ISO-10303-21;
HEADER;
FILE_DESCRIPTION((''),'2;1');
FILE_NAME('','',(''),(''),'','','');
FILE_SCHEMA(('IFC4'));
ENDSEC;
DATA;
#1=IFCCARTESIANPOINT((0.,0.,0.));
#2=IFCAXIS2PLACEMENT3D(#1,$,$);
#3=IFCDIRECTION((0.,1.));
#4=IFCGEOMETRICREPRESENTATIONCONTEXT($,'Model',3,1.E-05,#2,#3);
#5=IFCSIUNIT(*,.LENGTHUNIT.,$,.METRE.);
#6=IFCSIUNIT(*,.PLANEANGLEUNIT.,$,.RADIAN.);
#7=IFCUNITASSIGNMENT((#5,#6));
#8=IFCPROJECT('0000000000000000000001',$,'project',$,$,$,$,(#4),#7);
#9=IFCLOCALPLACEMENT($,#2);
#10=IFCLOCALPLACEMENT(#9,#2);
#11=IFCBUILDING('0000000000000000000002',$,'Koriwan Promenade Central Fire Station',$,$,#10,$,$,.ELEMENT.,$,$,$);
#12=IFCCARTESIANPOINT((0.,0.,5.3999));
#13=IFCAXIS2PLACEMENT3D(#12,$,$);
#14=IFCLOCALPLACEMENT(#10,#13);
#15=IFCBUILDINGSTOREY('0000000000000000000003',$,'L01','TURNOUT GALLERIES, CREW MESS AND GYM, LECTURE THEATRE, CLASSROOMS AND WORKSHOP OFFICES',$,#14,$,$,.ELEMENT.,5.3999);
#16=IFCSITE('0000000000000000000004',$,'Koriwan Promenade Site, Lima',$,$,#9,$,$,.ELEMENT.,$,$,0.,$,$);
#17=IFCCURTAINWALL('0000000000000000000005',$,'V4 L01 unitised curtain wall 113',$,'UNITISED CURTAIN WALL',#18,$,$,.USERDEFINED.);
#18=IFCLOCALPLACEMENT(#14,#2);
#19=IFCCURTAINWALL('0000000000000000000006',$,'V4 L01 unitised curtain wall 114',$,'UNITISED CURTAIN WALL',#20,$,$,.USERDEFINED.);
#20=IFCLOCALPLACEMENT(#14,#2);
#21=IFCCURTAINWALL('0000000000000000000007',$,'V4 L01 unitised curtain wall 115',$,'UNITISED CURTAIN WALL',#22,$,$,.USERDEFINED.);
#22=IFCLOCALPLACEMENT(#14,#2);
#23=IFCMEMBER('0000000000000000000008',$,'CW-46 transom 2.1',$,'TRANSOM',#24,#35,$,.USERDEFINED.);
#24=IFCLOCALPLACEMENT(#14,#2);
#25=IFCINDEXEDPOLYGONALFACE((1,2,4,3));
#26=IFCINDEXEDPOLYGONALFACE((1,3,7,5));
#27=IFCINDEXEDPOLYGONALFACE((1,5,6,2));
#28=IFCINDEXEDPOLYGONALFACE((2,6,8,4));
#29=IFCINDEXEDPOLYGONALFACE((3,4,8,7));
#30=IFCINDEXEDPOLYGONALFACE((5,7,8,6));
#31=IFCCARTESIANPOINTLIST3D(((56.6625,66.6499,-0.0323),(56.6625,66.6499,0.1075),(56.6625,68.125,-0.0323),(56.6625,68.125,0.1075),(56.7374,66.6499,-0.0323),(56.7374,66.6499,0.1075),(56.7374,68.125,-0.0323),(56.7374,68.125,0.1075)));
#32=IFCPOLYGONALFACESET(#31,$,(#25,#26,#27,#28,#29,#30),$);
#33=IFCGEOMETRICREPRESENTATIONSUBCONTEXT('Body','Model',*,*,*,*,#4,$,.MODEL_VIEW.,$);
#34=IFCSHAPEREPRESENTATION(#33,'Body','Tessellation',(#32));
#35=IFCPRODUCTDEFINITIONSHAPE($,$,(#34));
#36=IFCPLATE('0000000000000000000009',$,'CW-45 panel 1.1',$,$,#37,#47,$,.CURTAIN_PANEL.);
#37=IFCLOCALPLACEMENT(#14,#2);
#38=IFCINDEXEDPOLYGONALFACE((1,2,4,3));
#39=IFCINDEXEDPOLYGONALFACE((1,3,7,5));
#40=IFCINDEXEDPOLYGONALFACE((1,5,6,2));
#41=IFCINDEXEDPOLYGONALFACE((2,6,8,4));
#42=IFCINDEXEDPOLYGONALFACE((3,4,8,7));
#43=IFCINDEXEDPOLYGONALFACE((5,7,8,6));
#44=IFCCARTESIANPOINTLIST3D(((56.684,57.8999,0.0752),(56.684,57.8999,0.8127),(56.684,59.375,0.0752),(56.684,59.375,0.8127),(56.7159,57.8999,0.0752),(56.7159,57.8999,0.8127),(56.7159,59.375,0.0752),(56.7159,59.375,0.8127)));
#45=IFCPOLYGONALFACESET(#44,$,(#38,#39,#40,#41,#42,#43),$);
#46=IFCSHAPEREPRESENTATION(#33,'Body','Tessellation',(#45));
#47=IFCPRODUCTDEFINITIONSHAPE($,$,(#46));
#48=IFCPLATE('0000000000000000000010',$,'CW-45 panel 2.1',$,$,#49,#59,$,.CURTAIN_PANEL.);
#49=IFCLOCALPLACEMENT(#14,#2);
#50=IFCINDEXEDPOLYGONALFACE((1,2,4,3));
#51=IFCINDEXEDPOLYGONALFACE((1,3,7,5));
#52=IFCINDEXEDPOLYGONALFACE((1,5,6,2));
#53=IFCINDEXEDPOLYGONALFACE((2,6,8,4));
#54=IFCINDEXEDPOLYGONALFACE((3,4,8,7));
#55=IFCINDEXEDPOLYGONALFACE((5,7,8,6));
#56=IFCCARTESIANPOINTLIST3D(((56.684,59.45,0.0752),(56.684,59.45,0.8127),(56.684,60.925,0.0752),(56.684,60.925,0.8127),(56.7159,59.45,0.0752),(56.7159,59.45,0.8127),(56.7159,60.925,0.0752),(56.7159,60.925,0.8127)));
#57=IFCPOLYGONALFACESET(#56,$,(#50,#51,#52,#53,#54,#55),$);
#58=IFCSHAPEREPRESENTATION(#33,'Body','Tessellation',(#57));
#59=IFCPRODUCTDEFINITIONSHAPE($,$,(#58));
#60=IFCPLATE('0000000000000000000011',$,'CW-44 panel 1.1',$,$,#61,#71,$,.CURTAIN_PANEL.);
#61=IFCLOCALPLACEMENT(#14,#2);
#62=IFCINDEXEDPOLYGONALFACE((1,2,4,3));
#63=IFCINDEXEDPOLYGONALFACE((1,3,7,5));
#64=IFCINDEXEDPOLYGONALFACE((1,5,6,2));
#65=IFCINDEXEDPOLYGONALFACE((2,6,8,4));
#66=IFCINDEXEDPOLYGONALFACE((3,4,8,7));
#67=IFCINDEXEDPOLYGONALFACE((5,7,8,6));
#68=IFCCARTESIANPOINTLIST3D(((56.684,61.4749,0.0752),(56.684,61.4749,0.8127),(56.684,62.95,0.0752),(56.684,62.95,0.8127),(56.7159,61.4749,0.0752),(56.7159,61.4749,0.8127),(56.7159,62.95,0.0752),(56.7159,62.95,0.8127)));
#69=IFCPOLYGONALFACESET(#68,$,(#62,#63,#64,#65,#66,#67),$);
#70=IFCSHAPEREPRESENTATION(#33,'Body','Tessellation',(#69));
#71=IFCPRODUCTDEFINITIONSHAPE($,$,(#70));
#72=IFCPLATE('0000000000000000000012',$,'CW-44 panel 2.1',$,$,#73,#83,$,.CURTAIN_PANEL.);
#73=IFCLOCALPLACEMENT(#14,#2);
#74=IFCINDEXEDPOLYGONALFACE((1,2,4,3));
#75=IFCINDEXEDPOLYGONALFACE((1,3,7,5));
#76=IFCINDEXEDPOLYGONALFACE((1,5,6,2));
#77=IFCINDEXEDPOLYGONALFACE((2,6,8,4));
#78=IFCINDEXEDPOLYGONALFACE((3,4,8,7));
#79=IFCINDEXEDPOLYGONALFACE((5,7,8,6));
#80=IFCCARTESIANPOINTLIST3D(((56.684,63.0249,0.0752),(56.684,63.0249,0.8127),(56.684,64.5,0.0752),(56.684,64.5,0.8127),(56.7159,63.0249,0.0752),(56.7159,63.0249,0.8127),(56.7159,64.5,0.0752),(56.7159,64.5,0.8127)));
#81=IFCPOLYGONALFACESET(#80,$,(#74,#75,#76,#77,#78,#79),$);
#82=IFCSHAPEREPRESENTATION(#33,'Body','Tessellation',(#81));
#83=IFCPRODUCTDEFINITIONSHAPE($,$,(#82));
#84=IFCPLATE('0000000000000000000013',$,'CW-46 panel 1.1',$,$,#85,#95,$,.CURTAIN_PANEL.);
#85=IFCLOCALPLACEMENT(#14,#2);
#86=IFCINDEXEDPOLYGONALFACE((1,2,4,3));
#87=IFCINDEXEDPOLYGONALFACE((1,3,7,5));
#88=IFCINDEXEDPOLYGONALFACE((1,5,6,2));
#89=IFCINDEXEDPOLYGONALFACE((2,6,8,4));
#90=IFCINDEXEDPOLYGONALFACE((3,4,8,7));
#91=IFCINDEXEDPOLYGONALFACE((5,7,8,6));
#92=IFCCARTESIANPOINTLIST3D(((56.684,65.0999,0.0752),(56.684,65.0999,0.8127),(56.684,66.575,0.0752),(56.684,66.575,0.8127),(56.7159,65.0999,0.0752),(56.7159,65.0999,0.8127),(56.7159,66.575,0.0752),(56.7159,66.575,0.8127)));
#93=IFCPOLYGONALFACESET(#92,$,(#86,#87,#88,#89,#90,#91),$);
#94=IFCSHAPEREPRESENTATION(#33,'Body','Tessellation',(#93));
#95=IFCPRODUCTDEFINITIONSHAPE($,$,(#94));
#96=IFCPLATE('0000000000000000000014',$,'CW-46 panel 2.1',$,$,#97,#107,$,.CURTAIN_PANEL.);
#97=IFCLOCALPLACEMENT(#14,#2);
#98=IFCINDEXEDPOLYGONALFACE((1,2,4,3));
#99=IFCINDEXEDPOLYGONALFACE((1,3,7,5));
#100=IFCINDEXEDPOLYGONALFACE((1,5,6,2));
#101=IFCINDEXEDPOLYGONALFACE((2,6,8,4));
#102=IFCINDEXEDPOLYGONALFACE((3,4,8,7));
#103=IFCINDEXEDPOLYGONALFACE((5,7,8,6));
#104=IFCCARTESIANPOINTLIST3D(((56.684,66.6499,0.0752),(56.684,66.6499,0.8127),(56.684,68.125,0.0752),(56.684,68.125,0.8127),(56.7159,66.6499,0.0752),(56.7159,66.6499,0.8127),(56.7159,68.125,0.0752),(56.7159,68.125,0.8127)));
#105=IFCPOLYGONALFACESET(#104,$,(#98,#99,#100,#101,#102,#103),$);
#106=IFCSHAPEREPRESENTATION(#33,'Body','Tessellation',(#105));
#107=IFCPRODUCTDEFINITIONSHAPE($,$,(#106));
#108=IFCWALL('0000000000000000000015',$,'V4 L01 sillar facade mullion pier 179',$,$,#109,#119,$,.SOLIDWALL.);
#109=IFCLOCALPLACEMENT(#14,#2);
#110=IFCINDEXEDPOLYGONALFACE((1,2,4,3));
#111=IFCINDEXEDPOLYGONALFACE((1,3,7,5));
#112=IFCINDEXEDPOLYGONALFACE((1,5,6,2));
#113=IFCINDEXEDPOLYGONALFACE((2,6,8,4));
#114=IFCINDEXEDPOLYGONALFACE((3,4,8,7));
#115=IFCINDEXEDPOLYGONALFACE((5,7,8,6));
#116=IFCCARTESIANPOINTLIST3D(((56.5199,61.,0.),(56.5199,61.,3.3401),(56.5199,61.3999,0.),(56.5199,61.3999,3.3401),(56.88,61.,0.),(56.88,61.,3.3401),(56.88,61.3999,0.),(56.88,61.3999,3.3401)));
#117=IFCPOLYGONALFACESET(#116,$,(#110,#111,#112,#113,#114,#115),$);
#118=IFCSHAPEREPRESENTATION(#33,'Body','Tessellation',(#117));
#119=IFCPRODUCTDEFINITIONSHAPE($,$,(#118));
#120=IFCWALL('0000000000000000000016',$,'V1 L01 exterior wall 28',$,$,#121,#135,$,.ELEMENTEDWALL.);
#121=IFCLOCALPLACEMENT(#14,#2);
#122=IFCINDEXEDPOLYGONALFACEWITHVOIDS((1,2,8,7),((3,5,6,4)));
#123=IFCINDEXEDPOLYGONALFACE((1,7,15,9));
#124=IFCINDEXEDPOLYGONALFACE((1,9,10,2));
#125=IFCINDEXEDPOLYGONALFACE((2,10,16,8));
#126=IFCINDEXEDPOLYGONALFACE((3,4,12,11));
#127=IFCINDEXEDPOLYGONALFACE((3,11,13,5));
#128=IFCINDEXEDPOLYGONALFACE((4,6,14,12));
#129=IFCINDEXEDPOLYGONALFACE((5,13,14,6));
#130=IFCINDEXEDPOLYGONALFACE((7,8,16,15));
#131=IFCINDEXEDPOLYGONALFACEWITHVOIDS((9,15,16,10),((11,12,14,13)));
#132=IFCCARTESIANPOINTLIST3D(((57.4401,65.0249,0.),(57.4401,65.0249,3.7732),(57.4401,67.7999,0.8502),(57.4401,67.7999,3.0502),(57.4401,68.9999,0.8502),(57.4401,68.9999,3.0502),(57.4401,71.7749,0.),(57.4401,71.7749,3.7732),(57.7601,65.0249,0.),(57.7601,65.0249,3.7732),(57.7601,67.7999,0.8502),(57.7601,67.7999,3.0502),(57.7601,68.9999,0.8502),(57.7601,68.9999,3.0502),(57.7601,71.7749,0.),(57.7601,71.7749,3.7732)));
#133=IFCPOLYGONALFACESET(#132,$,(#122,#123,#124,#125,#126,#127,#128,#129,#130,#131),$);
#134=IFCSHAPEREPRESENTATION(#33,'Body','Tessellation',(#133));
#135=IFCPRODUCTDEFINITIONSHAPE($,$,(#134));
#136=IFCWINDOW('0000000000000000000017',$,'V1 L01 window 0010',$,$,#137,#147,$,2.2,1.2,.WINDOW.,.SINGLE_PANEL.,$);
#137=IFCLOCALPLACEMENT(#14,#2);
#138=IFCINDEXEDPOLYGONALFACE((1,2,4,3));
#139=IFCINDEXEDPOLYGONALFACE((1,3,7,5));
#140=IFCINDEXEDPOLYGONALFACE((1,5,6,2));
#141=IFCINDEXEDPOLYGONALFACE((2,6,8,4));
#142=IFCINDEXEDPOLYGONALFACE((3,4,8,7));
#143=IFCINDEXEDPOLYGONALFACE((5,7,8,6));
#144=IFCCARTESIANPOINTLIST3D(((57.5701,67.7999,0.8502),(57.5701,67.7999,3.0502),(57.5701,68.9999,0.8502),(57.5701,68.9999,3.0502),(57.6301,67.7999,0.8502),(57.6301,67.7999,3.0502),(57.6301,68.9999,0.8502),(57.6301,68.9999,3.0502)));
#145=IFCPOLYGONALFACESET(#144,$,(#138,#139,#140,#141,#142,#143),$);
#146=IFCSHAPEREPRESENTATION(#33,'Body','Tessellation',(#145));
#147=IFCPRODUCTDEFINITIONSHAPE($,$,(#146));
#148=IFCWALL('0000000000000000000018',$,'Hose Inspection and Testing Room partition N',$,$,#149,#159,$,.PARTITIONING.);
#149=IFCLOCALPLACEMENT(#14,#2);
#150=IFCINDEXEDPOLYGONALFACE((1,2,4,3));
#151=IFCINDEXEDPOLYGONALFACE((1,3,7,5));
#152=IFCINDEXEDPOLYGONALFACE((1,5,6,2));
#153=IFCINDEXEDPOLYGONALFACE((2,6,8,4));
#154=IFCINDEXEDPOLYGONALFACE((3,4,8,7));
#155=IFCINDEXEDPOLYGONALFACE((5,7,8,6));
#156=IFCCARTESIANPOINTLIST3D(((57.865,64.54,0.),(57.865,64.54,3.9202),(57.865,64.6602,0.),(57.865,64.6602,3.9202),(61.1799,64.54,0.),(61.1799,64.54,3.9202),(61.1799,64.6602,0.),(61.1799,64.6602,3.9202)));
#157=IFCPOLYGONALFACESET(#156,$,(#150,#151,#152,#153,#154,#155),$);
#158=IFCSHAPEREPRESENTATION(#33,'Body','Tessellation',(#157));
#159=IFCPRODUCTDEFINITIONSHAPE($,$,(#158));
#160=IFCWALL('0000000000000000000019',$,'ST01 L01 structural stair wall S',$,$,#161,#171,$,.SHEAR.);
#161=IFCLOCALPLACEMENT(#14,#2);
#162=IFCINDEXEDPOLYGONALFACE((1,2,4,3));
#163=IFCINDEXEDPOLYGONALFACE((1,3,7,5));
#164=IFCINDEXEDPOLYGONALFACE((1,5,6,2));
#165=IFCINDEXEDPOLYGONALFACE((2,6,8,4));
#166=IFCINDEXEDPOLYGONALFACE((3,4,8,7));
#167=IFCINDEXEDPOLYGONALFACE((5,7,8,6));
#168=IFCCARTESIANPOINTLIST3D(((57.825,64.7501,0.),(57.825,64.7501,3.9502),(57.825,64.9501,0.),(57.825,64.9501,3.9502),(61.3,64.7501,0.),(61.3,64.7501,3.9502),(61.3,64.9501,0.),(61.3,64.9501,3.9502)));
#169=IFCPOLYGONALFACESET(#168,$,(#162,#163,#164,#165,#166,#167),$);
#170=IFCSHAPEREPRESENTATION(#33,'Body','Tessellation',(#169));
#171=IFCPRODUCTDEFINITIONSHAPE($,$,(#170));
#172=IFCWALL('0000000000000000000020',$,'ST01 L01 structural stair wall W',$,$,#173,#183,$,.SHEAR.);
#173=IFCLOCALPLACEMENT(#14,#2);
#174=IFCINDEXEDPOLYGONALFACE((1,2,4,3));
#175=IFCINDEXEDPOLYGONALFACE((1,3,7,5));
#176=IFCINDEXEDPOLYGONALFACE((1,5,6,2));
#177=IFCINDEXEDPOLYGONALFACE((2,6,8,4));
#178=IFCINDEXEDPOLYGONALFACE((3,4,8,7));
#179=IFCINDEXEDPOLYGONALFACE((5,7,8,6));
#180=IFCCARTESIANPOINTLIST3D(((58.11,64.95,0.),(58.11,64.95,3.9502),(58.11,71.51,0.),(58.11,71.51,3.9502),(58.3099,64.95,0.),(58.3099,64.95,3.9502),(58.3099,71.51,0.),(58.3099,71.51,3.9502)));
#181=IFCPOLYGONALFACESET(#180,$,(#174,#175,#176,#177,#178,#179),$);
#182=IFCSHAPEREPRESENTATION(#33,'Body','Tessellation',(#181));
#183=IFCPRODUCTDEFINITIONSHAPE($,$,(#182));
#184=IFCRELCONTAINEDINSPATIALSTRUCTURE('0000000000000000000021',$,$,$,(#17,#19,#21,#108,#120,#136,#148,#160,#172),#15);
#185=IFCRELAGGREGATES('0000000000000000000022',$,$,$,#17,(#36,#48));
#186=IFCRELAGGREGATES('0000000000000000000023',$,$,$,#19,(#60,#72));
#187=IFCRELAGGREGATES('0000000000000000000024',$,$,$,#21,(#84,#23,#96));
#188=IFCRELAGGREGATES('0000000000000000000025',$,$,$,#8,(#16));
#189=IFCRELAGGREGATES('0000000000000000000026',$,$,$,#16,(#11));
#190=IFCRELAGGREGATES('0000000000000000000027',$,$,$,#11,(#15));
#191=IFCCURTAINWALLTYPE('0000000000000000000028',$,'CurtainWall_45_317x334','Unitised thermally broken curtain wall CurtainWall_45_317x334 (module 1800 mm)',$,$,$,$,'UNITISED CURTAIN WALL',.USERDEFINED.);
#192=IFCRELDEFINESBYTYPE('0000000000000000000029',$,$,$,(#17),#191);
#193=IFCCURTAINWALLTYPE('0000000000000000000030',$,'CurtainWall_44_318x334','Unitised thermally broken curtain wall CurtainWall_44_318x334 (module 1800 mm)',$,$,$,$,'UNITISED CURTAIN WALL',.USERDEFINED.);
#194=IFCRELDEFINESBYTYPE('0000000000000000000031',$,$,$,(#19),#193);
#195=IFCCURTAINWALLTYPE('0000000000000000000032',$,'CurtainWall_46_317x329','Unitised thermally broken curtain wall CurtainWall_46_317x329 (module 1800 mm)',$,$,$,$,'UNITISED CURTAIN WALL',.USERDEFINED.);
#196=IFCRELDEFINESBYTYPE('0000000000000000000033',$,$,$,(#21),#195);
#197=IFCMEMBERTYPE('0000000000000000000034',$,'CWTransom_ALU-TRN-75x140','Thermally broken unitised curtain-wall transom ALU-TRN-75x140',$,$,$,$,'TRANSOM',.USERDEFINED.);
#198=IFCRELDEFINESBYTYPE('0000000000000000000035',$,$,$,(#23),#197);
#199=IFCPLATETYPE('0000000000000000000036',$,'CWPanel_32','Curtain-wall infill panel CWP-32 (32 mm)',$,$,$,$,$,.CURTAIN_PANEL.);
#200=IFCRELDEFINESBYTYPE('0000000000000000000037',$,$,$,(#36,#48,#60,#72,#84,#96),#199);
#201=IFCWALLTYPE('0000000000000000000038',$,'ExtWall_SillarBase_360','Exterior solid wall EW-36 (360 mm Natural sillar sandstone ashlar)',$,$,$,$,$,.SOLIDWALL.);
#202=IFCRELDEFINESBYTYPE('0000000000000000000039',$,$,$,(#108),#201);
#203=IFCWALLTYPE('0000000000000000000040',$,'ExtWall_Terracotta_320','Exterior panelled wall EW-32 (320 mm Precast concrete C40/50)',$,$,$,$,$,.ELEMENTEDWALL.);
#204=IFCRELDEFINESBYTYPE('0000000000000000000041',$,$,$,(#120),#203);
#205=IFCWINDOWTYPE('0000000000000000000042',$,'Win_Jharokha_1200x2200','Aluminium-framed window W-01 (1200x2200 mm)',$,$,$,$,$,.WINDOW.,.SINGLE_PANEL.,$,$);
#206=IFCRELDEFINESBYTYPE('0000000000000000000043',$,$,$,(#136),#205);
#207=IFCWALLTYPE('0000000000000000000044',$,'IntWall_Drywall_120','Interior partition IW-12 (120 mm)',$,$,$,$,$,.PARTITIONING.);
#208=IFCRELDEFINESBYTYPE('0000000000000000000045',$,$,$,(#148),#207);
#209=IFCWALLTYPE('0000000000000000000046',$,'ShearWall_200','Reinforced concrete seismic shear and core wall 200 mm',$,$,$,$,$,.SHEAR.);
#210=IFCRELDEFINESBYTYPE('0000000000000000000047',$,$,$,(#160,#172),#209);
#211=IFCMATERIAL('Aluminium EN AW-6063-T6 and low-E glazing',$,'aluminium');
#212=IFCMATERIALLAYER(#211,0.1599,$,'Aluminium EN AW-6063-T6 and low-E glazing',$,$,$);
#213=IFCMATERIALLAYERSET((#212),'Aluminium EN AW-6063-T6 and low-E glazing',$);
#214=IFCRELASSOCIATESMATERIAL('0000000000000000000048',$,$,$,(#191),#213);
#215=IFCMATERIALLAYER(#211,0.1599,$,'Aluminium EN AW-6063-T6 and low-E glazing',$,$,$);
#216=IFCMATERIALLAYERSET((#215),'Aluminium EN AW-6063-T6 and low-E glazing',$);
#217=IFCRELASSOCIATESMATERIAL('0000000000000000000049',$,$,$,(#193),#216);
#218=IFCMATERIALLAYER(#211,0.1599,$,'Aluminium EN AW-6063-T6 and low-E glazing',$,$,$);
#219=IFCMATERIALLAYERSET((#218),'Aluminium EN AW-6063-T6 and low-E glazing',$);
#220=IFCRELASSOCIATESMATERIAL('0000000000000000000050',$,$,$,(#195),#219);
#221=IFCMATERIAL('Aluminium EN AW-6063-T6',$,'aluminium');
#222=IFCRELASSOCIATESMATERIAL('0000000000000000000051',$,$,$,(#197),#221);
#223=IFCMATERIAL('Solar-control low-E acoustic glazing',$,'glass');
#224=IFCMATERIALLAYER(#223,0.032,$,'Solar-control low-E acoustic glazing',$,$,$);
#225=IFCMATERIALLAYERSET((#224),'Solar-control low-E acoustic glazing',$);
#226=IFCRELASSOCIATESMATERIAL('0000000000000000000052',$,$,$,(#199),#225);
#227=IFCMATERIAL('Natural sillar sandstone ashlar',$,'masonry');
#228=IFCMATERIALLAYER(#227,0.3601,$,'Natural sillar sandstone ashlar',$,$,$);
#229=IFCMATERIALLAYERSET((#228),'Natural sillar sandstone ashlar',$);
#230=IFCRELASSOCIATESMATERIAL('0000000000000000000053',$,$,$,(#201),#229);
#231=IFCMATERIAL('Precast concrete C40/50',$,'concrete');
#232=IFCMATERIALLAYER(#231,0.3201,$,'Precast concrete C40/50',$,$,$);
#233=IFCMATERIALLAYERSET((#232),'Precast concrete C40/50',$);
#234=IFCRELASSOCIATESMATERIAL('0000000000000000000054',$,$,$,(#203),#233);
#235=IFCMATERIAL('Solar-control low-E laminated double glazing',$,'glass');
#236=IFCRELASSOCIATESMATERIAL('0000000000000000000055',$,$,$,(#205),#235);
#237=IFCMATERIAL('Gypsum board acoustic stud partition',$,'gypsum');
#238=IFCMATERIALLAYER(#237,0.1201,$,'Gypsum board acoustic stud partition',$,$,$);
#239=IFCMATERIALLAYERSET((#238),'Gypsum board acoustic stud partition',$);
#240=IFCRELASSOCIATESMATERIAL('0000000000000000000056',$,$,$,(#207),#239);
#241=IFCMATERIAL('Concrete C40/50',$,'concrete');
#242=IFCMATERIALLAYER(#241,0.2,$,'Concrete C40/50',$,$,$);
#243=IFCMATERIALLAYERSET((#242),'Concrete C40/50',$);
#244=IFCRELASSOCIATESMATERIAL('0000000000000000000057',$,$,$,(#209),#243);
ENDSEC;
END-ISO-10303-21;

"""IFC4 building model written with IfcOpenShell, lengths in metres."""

from ifc_helpers import new_model, si_unit, direction, frame, frame_2d, origin, origin_2d, place, context, subcontext, project, spatial, rectangle, extrude, material, layer, layer_set, material_profile, profile_set, type_object, element, fill, aggregate, save


model = new_model("IFC4")

# Units and contexts
model_context = context("Model", 3, precision=1e-05, world=origin(), true_north=direction((0.0, 1.0)))
body_context = subcontext(model_context, "Body", "Model", "MODEL_VIEW")
ifc_project = project(units=[si_unit("LENGTHUNIT", "METRE"), si_unit("PLANEANGLEUNIT", "RADIAN")], contexts=[model_context])

# Site, building, storey
site_placement = place(None, origin())
site = spatial("IfcSite", under=ifc_project, at=site_placement, Name="Koriwan Promenade Site, Lima", CompositionType="ELEMENT", RefElevation=0.0)
building_placement = place(site_placement, origin())
building = spatial("IfcBuilding", under=site, at=building_placement, Name="Koriwan Promenade Central Fire Station", CompositionType="ELEMENT")
storey_placement = place(building_placement, frame((0.0, 0.0, 5.3999)))
storey = spatial("IfcBuildingStorey", under=building, at=storey_placement, Name="L01", Description="TURNOUT GALLERIES, CREW MESS AND GYM, LECTURE THEATRE, CLASSROOMS AND WORKSHOP OFFICES", CompositionType="ELEMENT", Elevation=5.3999)

# Shared definitions
ifc_material_1 = material(Name="Concrete C40/50", Category="concrete")

# Curtain walls
ifc_material_2 = material(Name="Aluminium EN AW-6063-T6 and low-E glazing", Category="aluminium")
ifc_layer_1 = layer(ifc_material_2, 0.1599, Name="Aluminium EN AW-6063-T6 and low-E glazing")
ifc_layer_set_1 = layer_set([ifc_layer_1], Name="Aluminium EN AW-6063-T6 and low-E glazing")
curtain_wall_type_1 = type_object("IfcCurtainWallType", Name="CurtainWall_45_317x334", Description="Unitised thermally broken curtain wall CurtainWall_45_317x334 (module 1800 mm)", ElementType="UNITISED CURTAIN WALL", PredefinedType="USERDEFINED", material=ifc_layer_set_1)
curtain_wall_1_placement = place(storey_placement, origin())
curtain_wall_1 = element("IfcCurtainWall", 1, at=curtain_wall_1_placement, inside=storey, type_object=curtain_wall_type_1, Name="V4 L01 unitised curtain wall 113", ObjectType="UNITISED CURTAIN WALL", PredefinedType="USERDEFINED")
ifc_material_3 = material(Name="Aluminium EN AW-6063-T6", Category="aluminium")
ifc_layer_2 = layer(ifc_material_2, 0.1599, Name="Aluminium EN AW-6063-T6 and low-E glazing")
ifc_layer_set_2 = layer_set([ifc_layer_2], Name="Aluminium EN AW-6063-T6 and low-E glazing")
curtain_wall_type_2 = type_object("IfcCurtainWallType", Name="CurtainWall_44_318x334", Description="Unitised thermally broken curtain wall CurtainWall_44_318x334 (module 1800 mm)", ElementType="UNITISED CURTAIN WALL", PredefinedType="USERDEFINED", material=ifc_layer_set_2)
curtain_wall_2_placement = place(storey_placement, origin())
curtain_wall_2 = element("IfcCurtainWall", 2, at=curtain_wall_2_placement, inside=storey, type_object=curtain_wall_type_2, Name="V4 L01 unitised curtain wall 114", ObjectType="UNITISED CURTAIN WALL", PredefinedType="USERDEFINED")
ifc_layer_3 = layer(ifc_material_2, 0.1599, Name="Aluminium EN AW-6063-T6 and low-E glazing")
ifc_layer_set_3 = layer_set([ifc_layer_3], Name="Aluminium EN AW-6063-T6 and low-E glazing")
curtain_wall_type_3 = type_object("IfcCurtainWallType", Name="CurtainWall_46_317x329", Description="Unitised thermally broken curtain wall CurtainWall_46_317x329 (module 1800 mm)", ElementType="UNITISED CURTAIN WALL", PredefinedType="USERDEFINED", material=ifc_layer_set_3)
curtain_wall_3_placement = place(storey_placement, origin())
curtain_wall_3 = element("IfcCurtainWall", 3, at=curtain_wall_3_placement, inside=storey, type_object=curtain_wall_type_3, Name="V4 L01 unitised curtain wall 115", ObjectType="UNITISED CURTAIN WALL", PredefinedType="USERDEFINED")

# Member
ifc_material_profile_1 = material_profile(ifc_material_3, rectangle(XDim=0.075, YDim=0.1399, at=origin_2d()), Name="ALU-TRN-75x140")
ifc_profile_set_1 = profile_set([ifc_material_profile_1], Name="Aluminium EN AW-6063-T6")
member_type_1 = type_object("IfcMemberType", Name="CWTransom_ALU-TRN-75x140", Description="Thermally broken unitised curtain-wall transom ALU-TRN-75x140", ElementType="TRANSOM", PredefinedType="USERDEFINED", material=ifc_profile_set_1)
member_1_placement = place(storey_placement, frame((56.7, 66.6499, 0.0376), z_axis=(0.0, 1.0, 0.0), x_axis=(-1.0, 0.0, 0.0)))
member_1 = element("IfcMember", 4, at=member_1_placement, type_object=member_type_1, Name="CW-46 transom 2.1", ObjectType="TRANSOM", PredefinedType="USERDEFINED", context=body_context, shape_type="SweptSolid", body=[
    extrude(rectangle(XDim=0.075, YDim=0.1399, at=origin_2d()), origin(), (0.0, 0.0, 1.0), 1.4751),
])

# Plates
ifc_material_4 = material(Name="Solar-control low-E acoustic glazing", Category="glass")
ifc_layer_4 = layer(ifc_material_4, 0.032, Name="Solar-control low-E acoustic glazing")
ifc_layer_set_4 = layer_set([ifc_layer_4], Name="Solar-control low-E acoustic glazing")
plate_type = type_object("IfcPlateType", Name="CWPanel_32", Description="Curtain-wall infill panel CWP-32 (32 mm)", PredefinedType="CURTAIN_PANEL", material=ifc_layer_set_4)
plate_1_placement = place(storey_placement, frame((56.7, 58.6375, 0.0752), z_axis=(0.0, 0.0, 1.0), x_axis=(0.0, 1.0, 0.0)))
plate_1 = element("IfcPlate", 5, at=plate_1_placement, type_object=plate_type, Name="CW-45 panel 1.1", PredefinedType="CURTAIN_PANEL", context=body_context, shape_type="SweptSolid", body=[
    extrude(rectangle(XDim=1.4751, YDim=0.032, at=origin_2d()), origin(), (0.0, 0.0, 1.0), 0.7375),
])
plate_2_placement = place(storey_placement, frame((56.7, 60.1875, 0.0752), z_axis=(0.0, 0.0, 1.0), x_axis=(0.0, 1.0, 0.0)))
plate_2 = element("IfcPlate", 6, at=plate_2_placement, type_object=plate_type, Name="CW-45 panel 2.1", PredefinedType="CURTAIN_PANEL", context=body_context, shape_type="SweptSolid", body=[
    extrude(rectangle(XDim=1.4751, YDim=0.032, at=origin_2d()), origin(), (0.0, 0.0, 1.0), 0.7375),
])
aggregate(curtain_wall_1, [plate_1, plate_2])
plate_3_placement = place(storey_placement, frame((56.7, 62.2124, 0.0752), z_axis=(0.0, 0.0, 1.0), x_axis=(0.0, 1.0, 0.0)))
plate_3 = element("IfcPlate", 7, at=plate_3_placement, type_object=plate_type, Name="CW-44 panel 1.1", PredefinedType="CURTAIN_PANEL", context=body_context, shape_type="SweptSolid", body=[
    extrude(rectangle(XDim=1.4751, YDim=0.032, at=origin_2d()), origin(), (0.0, 0.0, 1.0), 0.7375),
])
plate_4_placement = place(storey_placement, frame((56.7, 63.7625, 0.0752), z_axis=(0.0, 0.0, 1.0), x_axis=(0.0, 1.0, 0.0)))
plate_4 = element("IfcPlate", 8, at=plate_4_placement, type_object=plate_type, Name="CW-44 panel 2.1", PredefinedType="CURTAIN_PANEL", context=body_context, shape_type="SweptSolid", body=[
    extrude(rectangle(XDim=1.4751, YDim=0.032, at=origin_2d()), origin(), (0.0, 0.0, 1.0), 0.7375),
])
aggregate(curtain_wall_2, [plate_3, plate_4])
plate_5_placement = place(storey_placement, frame((56.7, 65.8374, 0.0752), z_axis=(0.0, 0.0, 1.0), x_axis=(0.0, 1.0, 0.0)))
plate_5 = element("IfcPlate", 9, at=plate_5_placement, type_object=plate_type, Name="CW-46 panel 1.1", PredefinedType="CURTAIN_PANEL", context=body_context, shape_type="SweptSolid", body=[
    extrude(rectangle(XDim=1.4751, YDim=0.032, at=origin_2d()), origin(), (0.0, 0.0, 1.0), 0.7375),
])
plate_6_placement = place(storey_placement, frame((56.7, 67.3875, 0.0752), z_axis=(0.0, 0.0, 1.0), x_axis=(0.0, 1.0, 0.0)))
plate_6 = element("IfcPlate", 10, at=plate_6_placement, type_object=plate_type, Name="CW-46 panel 2.1", PredefinedType="CURTAIN_PANEL", context=body_context, shape_type="SweptSolid", body=[
    extrude(rectangle(XDim=1.4751, YDim=0.032, at=origin_2d()), origin(), (0.0, 0.0, 1.0), 0.7375),
])
aggregate(curtain_wall_3, [plate_5, member_1, plate_6])

# Wall
ifc_material_5 = material(Name="Natural sillar sandstone ashlar", Category="masonry")
ifc_layer_5 = layer(ifc_material_5, 0.3601, Name="Natural sillar sandstone ashlar")
ifc_layer_set_5 = layer_set([ifc_layer_5], Name="Natural sillar sandstone ashlar")
wall_type_1 = type_object("IfcWallType", Name="ExtWall_SillarBase_360", Description="Exterior solid wall EW-36 (360 mm Natural sillar sandstone ashlar)", PredefinedType="SOLIDWALL", material=ifc_layer_set_5)
wall_1_placement = place(storey_placement, frame((56.7, 61.0, 0.0), z_axis=(0.0, 0.0, 1.0), x_axis=(0.0, 1.0, 0.0)))
element("IfcWall", 11, at=wall_1_placement, inside=storey, type_object=wall_type_1, Name="V4 L01 sillar facade mullion pier 179", PredefinedType="SOLIDWALL", context=body_context, shape_type="SweptSolid", body=[
    extrude(rectangle(XDim=0.3999, YDim=0.3601, at=frame_2d((0.2, 0.0))), origin(), (0.0, 0.0, 1.0), 3.3401),
])

# Wall, opening, window
ifc_material_6 = material(Name="Precast concrete C40/50", Category="concrete")
ifc_layer_6 = layer(ifc_material_6, 0.3201, Name="Precast concrete C40/50")
ifc_layer_set_6 = layer_set([ifc_layer_6], Name="Precast concrete C40/50")
wall_type_2 = type_object("IfcWallType", Name="ExtWall_Terracotta_320", Description="Exterior panelled wall EW-32 (320 mm Precast concrete C40/50)", PredefinedType="ELEMENTEDWALL", material=ifc_layer_set_6)
wall_2_placement = place(storey_placement, frame((57.6001, 65.0249, 0.0), z_axis=(0.0, 0.0, 1.0), x_axis=(0.0, 1.0, 0.0)))
wall_2 = element("IfcWall", 12, at=wall_2_placement, inside=storey, type_object=wall_type_2, Name="V1 L01 exterior wall 28", PredefinedType="ELEMENTEDWALL", context=body_context, shape_type="SweptSolid", body=[
    extrude(rectangle(XDim=6.75, YDim=0.3201, at=frame_2d((3.375, 0.0))), origin(), (0.0, 0.0, 1.0), 3.7732),
])
opening_1_placement = place(wall_2_placement, frame((2.7749, 0.0, 0.8501)))
opening_1 = element("IfcOpeningElement", 13, at=opening_1_placement, cuts=wall_2, PredefinedType="OPENING", context=body_context, shape_type="SweptSolid", body=[
    extrude(rectangle(XDim=1.2, YDim=2.2, at=frame_2d((0.6001, 1.1001))), frame((0.0, 0.1719, 0.0), z_axis=(0.0, -1.0, 0.0), x_axis=(1.0, 0.0, 0.0)), (0.0, 0.0, 1.0), 0.344),
])
ifc_material_7 = material(Name="Solar-control low-E laminated double glazing", Category="glass")
window_type = type_object("IfcWindowType", Name="Win_Jharokha_1200x2200", Description="Aluminium-framed window W-01 (1200x2200 mm)", PartitioningType="SINGLE_PANEL", PredefinedType="WINDOW", material=ifc_material_7)
window_placement = place(opening_1_placement, origin())
window = element("IfcWindow", 14, at=window_placement, inside=storey, type_object=window_type, Name="V1 L01 window 0010", OverallHeight=2.2, OverallWidth=1.2, PartitioningType="SINGLE_PANEL", PredefinedType="WINDOW", context=body_context, shape_type="SweptSolid", body=[
    extrude(rectangle(XDim=1.2, YDim=2.2, at=frame_2d((0.6001, 1.1001))), frame((0.0, 0.03, 0.0), z_axis=(0.0, -1.0, 0.0), x_axis=(1.0, 0.0, 0.0)), (0.0, 0.0, 1.0), 0.0601),
])
fill(opening_1, window)

# Walls
ifc_material_8 = material(Name="Gypsum board acoustic stud partition", Category="gypsum")
ifc_layer_7 = layer(ifc_material_8, 0.1201, Name="Gypsum board acoustic stud partition")
ifc_layer_set_7 = layer_set([ifc_layer_7], Name="Gypsum board acoustic stud partition")
wall_type_3 = type_object("IfcWallType", Name="IntWall_Drywall_120", Description="Interior partition IW-12 (120 mm)", PredefinedType="PARTITIONING", material=ifc_layer_set_7)
wall_3_placement = place(storey_placement, frame((57.865, 64.6001, 0.0), z_axis=(0.0, 0.0, 1.0), x_axis=(1.0, 0.0, 0.0)))
element("IfcWall", 15, at=wall_3_placement, inside=storey, type_object=wall_type_3, Name="Hose Inspection and Testing Room partition N", PredefinedType="PARTITIONING", context=body_context, shape_type="SweptSolid", body=[
    extrude(rectangle(XDim=3.3149, YDim=0.1201, at=frame_2d((1.6575, 0.0))), origin(), (0.0, 0.0, 1.0), 3.9202),
])
ifc_layer_8 = layer(ifc_material_1, 0.2, Name="Concrete C40/50")
ifc_layer_set_8 = layer_set([ifc_layer_8], Name="Concrete C40/50")
wall_type_4 = type_object("IfcWallType", Name="ShearWall_200", Description="Reinforced concrete seismic shear and core wall 200 mm", PredefinedType="SHEAR", material=ifc_layer_set_8)
wall_4_placement = place(storey_placement, frame((57.825, 64.8501, 0.0), z_axis=(0.0, 0.0, 1.0), x_axis=(1.0, 0.0, 0.0)))
element("IfcWall", 16, at=wall_4_placement, inside=storey, type_object=wall_type_4, Name="ST01 L01 structural stair wall S", PredefinedType="SHEAR", context=body_context, shape_type="SweptSolid", body=[
    extrude(rectangle(XDim=3.4751, YDim=0.2, at=frame_2d((1.7375, 0.0))), origin(), (0.0, 0.0, 1.0), 3.9502),
])
wall_5_placement = place(storey_placement, frame((58.21, 64.95, 0.0), z_axis=(0.0, 0.0, 1.0), x_axis=(0.0, 1.0, 0.0)))
element("IfcWall", 17, at=wall_5_placement, inside=storey, type_object=wall_type_4, Name="ST01 L01 structural stair wall W", PredefinedType="SHEAR", context=body_context, shape_type="SweptSolid", body=[
    extrude(rectangle(XDim=6.5601, YDim=0.2, at=frame_2d((3.28, 0.0))), origin(), (0.0, 0.0, 1.0), 3.9502),
])

save(model, "model.ifc")
